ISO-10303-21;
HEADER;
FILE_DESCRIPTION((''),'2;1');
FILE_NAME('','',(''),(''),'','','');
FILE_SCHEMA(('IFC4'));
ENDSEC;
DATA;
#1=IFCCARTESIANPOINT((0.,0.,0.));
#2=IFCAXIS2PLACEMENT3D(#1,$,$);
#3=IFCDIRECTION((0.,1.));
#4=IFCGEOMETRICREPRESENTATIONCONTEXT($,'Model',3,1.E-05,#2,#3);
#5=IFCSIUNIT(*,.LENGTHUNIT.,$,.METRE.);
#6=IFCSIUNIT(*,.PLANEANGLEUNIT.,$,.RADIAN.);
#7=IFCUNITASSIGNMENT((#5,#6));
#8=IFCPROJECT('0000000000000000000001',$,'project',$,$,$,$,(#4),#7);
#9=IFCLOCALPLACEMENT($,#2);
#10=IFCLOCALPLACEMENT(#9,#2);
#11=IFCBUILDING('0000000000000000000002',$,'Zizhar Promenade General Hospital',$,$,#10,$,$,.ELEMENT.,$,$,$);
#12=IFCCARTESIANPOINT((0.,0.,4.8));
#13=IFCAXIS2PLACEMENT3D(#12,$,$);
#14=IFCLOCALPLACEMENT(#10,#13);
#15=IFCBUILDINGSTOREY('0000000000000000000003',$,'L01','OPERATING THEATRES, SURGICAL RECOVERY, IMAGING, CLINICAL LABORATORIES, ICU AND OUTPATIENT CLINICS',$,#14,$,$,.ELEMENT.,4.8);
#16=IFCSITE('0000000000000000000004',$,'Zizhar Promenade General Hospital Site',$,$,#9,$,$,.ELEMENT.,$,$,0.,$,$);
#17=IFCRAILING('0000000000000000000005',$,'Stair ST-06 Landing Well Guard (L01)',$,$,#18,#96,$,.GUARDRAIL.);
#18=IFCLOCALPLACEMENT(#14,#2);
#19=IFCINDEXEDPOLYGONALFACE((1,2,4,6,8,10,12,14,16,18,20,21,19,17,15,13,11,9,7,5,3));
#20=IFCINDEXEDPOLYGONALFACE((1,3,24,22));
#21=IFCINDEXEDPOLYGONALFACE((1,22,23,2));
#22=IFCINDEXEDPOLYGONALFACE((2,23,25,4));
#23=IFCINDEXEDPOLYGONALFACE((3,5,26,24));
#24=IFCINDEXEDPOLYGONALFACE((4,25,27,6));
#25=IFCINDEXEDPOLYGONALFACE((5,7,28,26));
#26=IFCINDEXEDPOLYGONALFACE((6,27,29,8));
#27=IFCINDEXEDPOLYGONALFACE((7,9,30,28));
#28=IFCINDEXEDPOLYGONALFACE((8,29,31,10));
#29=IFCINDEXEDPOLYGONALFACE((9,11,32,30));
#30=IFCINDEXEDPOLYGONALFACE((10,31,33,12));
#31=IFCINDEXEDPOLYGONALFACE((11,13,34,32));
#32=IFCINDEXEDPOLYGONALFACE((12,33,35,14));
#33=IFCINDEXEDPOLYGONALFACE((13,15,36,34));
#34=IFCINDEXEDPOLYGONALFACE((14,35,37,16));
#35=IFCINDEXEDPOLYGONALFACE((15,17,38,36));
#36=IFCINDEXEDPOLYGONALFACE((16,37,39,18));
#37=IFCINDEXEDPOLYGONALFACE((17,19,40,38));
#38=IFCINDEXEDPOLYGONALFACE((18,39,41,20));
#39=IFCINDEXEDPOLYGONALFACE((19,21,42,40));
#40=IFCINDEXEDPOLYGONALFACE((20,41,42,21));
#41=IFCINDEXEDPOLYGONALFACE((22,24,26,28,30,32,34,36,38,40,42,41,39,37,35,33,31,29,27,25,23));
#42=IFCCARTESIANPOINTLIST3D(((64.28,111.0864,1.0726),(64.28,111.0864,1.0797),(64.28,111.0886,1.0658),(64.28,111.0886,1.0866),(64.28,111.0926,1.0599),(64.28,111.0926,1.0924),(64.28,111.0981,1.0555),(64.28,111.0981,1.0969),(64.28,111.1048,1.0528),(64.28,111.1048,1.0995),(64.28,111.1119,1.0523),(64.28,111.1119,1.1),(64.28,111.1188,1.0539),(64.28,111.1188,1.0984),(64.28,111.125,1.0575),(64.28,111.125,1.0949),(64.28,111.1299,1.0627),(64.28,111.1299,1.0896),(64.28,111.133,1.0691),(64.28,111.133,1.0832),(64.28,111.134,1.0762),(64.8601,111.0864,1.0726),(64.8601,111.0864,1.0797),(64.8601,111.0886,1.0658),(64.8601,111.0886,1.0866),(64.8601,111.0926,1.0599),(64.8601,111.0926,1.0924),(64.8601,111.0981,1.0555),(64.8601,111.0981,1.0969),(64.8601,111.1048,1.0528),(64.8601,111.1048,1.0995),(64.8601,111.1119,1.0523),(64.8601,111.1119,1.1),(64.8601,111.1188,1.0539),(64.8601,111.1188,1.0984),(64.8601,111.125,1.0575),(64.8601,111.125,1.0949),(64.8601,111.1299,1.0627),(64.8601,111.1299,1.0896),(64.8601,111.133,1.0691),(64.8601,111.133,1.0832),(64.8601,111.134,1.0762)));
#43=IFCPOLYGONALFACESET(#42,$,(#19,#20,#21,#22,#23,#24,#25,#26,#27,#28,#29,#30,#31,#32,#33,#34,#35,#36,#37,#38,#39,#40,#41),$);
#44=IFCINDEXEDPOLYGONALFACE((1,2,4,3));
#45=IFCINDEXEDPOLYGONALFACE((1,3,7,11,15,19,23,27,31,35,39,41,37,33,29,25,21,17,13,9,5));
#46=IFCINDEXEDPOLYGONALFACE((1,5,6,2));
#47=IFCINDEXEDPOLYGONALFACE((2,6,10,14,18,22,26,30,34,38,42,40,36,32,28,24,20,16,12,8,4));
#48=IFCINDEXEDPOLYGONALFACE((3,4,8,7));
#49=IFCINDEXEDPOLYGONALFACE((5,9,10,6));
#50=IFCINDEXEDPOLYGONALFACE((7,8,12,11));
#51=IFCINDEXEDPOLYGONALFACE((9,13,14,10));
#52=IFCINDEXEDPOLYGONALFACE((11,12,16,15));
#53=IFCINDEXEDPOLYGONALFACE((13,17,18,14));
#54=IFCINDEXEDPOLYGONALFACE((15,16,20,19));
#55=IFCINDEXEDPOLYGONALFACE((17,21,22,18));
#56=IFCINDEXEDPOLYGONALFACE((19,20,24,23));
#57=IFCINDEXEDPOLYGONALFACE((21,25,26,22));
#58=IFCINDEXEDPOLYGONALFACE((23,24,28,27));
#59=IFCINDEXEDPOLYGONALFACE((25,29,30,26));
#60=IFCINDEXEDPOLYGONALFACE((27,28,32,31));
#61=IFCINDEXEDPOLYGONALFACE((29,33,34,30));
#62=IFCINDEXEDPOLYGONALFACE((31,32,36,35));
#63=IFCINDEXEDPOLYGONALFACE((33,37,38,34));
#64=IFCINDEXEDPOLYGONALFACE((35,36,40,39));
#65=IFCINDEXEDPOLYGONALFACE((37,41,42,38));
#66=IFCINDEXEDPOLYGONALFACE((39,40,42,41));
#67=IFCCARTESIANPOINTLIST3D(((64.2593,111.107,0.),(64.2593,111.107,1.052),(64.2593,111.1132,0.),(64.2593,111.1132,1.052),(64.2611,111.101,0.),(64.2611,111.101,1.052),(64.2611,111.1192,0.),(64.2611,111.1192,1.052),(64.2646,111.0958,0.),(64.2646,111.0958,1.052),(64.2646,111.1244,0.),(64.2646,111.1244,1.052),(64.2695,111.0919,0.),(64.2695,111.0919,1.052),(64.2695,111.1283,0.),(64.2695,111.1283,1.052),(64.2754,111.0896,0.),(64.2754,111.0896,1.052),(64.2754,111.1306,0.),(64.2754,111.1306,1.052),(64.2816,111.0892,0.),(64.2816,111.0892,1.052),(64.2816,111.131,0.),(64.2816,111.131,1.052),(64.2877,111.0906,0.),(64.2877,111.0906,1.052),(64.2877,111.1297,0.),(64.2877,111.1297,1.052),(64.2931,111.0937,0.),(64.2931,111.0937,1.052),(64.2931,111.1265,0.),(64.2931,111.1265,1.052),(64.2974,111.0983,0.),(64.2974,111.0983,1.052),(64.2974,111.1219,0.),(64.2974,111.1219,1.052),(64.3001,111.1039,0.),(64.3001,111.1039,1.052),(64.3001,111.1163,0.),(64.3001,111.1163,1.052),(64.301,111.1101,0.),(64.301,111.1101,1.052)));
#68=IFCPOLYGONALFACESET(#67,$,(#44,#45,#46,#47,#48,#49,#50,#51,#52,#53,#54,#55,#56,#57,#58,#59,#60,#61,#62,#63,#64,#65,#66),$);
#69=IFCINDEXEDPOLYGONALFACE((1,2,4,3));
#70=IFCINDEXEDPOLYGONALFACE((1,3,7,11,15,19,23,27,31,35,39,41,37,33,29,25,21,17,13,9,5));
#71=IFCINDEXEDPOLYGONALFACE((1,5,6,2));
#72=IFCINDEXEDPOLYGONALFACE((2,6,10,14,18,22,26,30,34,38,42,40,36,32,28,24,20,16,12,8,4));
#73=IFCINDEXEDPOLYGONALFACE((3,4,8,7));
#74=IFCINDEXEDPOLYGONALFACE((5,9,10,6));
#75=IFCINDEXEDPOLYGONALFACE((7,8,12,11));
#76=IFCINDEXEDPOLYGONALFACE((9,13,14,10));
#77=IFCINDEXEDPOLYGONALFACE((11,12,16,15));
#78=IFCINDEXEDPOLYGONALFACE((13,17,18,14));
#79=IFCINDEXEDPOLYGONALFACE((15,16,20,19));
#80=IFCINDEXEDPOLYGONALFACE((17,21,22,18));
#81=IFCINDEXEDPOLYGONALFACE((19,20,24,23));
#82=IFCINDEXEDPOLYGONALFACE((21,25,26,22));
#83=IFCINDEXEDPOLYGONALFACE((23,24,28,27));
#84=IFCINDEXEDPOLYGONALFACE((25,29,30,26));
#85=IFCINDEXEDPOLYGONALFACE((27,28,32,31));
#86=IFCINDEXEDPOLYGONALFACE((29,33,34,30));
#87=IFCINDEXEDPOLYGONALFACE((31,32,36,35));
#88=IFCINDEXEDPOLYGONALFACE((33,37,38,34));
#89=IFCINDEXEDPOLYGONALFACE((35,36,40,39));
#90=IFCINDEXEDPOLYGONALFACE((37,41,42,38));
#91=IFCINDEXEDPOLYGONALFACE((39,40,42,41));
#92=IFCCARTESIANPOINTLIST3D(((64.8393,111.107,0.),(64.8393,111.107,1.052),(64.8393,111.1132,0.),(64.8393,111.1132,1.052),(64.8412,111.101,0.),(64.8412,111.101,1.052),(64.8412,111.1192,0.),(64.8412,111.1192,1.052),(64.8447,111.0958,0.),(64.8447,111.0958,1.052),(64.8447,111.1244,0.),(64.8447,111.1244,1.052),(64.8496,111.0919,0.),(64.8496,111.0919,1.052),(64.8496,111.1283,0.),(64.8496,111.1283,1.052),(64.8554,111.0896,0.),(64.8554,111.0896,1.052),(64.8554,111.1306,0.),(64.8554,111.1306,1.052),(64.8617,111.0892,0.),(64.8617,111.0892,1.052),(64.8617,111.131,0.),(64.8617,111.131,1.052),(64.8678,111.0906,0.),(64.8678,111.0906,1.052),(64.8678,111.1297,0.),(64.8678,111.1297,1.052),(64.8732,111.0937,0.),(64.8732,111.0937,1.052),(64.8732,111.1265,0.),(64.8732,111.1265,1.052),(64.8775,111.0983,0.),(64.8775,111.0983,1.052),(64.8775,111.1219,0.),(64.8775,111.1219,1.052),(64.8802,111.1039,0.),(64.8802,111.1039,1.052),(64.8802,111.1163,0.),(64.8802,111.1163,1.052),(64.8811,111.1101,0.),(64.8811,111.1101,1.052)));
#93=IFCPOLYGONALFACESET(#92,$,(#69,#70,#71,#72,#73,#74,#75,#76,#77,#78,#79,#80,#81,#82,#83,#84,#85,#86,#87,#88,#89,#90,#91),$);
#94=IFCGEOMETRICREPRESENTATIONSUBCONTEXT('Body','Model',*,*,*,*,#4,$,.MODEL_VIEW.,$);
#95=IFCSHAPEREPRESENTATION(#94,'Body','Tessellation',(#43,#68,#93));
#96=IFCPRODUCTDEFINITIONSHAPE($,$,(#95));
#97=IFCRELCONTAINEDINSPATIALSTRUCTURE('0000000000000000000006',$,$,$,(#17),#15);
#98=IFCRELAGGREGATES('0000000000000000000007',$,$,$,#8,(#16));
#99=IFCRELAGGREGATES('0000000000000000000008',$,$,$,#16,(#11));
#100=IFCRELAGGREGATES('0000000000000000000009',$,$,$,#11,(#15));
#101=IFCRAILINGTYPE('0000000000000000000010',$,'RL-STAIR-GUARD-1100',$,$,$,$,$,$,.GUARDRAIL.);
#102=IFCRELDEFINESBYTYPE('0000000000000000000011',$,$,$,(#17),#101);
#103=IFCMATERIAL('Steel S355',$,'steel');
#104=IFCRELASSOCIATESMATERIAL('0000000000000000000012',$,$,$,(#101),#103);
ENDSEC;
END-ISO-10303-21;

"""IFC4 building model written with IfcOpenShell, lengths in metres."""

from ifc_helpers import new_model, si_unit, direction, frame, origin, origin_2d, place, context, subcontext, project, spatial, circle, hollow_circle, extrude, material, material_profile, profile_set, type_object, element, save


model = new_model("IFC4")

# Units and contexts
model_context = context("Model", 3, precision=1e-05, world=origin(), true_north=direction((0.0, 1.0)))
body_context = subcontext(model_context, "Body", "Model", "MODEL_VIEW")
ifc_project = project(units=[si_unit("LENGTHUNIT", "METRE"), si_unit("PLANEANGLEUNIT", "RADIAN")], contexts=[model_context])

# Site, building, storey
site_placement = place(None, origin())
site = spatial("IfcSite", under=ifc_project, at=site_placement, Name="Zizhar Promenade General Hospital Site", CompositionType="ELEMENT", RefElevation=0.0)
building_placement = place(site_placement, origin())
building = spatial("IfcBuilding", under=site, at=building_placement, Name="Zizhar Promenade General Hospital", CompositionType="ELEMENT")
storey_placement = place(building_placement, frame((0.0, 0.0, 4.8)))
storey = spatial("IfcBuildingStorey", under=building, at=storey_placement, Name="L01", Description="OPERATING THEATRES, SURGICAL RECOVERY, IMAGING, CLINICAL LABORATORIES, ICU AND OUTPATIENT CLINICS", CompositionType="ELEMENT", Elevation=4.8)

# Railing
ifc_material_1 = material(Name="Steel S355", Category="steel")
ifc_material_profile_1 = material_profile(ifc_material_1, hollow_circle(Radius=0.0698, WallThickness=0.0063, at=origin_2d()))
ifc_profile_set_1 = profile_set([ifc_material_profile_1], Name="Steel S355")
railing_type_1 = type_object("IfcRailingType", Name="RL-STAIR-GUARD-1100", PredefinedType="GUARDRAIL", material=ifc_profile_set_1)
railing_1_placement = place(storey_placement, frame((64.28, 111.1101, 0.0)))
element("IfcRailing", 1, at=railing_1_placement, inside=storey, type_object=railing_type_1, Name="Stair ST-06 Landing Well Guard (L01)", PredefinedType="GUARDRAIL", context=body_context, shape_type="SweptSolid", body=[
    extrude(circle(Radius=0.0239, at=origin_2d()), frame((0.0, 0.0, 1.0762), z_axis=(1.0, 0.0, 0.0), x_axis=(0.0, 1.0, 0.0)), (0.0, 0.0, 1.0), 0.5801),
    extrude(circle(Radius=0.021, at=origin_2d()), origin(), (0.0, 0.0, 1.0), 1.052),
    extrude(circle(Radius=0.021, at=origin_2d()), frame((0.5801, 0.0, 0.0)), (0.0, 0.0, 1.0), 1.052),
])

save(model, "model.ifc")
